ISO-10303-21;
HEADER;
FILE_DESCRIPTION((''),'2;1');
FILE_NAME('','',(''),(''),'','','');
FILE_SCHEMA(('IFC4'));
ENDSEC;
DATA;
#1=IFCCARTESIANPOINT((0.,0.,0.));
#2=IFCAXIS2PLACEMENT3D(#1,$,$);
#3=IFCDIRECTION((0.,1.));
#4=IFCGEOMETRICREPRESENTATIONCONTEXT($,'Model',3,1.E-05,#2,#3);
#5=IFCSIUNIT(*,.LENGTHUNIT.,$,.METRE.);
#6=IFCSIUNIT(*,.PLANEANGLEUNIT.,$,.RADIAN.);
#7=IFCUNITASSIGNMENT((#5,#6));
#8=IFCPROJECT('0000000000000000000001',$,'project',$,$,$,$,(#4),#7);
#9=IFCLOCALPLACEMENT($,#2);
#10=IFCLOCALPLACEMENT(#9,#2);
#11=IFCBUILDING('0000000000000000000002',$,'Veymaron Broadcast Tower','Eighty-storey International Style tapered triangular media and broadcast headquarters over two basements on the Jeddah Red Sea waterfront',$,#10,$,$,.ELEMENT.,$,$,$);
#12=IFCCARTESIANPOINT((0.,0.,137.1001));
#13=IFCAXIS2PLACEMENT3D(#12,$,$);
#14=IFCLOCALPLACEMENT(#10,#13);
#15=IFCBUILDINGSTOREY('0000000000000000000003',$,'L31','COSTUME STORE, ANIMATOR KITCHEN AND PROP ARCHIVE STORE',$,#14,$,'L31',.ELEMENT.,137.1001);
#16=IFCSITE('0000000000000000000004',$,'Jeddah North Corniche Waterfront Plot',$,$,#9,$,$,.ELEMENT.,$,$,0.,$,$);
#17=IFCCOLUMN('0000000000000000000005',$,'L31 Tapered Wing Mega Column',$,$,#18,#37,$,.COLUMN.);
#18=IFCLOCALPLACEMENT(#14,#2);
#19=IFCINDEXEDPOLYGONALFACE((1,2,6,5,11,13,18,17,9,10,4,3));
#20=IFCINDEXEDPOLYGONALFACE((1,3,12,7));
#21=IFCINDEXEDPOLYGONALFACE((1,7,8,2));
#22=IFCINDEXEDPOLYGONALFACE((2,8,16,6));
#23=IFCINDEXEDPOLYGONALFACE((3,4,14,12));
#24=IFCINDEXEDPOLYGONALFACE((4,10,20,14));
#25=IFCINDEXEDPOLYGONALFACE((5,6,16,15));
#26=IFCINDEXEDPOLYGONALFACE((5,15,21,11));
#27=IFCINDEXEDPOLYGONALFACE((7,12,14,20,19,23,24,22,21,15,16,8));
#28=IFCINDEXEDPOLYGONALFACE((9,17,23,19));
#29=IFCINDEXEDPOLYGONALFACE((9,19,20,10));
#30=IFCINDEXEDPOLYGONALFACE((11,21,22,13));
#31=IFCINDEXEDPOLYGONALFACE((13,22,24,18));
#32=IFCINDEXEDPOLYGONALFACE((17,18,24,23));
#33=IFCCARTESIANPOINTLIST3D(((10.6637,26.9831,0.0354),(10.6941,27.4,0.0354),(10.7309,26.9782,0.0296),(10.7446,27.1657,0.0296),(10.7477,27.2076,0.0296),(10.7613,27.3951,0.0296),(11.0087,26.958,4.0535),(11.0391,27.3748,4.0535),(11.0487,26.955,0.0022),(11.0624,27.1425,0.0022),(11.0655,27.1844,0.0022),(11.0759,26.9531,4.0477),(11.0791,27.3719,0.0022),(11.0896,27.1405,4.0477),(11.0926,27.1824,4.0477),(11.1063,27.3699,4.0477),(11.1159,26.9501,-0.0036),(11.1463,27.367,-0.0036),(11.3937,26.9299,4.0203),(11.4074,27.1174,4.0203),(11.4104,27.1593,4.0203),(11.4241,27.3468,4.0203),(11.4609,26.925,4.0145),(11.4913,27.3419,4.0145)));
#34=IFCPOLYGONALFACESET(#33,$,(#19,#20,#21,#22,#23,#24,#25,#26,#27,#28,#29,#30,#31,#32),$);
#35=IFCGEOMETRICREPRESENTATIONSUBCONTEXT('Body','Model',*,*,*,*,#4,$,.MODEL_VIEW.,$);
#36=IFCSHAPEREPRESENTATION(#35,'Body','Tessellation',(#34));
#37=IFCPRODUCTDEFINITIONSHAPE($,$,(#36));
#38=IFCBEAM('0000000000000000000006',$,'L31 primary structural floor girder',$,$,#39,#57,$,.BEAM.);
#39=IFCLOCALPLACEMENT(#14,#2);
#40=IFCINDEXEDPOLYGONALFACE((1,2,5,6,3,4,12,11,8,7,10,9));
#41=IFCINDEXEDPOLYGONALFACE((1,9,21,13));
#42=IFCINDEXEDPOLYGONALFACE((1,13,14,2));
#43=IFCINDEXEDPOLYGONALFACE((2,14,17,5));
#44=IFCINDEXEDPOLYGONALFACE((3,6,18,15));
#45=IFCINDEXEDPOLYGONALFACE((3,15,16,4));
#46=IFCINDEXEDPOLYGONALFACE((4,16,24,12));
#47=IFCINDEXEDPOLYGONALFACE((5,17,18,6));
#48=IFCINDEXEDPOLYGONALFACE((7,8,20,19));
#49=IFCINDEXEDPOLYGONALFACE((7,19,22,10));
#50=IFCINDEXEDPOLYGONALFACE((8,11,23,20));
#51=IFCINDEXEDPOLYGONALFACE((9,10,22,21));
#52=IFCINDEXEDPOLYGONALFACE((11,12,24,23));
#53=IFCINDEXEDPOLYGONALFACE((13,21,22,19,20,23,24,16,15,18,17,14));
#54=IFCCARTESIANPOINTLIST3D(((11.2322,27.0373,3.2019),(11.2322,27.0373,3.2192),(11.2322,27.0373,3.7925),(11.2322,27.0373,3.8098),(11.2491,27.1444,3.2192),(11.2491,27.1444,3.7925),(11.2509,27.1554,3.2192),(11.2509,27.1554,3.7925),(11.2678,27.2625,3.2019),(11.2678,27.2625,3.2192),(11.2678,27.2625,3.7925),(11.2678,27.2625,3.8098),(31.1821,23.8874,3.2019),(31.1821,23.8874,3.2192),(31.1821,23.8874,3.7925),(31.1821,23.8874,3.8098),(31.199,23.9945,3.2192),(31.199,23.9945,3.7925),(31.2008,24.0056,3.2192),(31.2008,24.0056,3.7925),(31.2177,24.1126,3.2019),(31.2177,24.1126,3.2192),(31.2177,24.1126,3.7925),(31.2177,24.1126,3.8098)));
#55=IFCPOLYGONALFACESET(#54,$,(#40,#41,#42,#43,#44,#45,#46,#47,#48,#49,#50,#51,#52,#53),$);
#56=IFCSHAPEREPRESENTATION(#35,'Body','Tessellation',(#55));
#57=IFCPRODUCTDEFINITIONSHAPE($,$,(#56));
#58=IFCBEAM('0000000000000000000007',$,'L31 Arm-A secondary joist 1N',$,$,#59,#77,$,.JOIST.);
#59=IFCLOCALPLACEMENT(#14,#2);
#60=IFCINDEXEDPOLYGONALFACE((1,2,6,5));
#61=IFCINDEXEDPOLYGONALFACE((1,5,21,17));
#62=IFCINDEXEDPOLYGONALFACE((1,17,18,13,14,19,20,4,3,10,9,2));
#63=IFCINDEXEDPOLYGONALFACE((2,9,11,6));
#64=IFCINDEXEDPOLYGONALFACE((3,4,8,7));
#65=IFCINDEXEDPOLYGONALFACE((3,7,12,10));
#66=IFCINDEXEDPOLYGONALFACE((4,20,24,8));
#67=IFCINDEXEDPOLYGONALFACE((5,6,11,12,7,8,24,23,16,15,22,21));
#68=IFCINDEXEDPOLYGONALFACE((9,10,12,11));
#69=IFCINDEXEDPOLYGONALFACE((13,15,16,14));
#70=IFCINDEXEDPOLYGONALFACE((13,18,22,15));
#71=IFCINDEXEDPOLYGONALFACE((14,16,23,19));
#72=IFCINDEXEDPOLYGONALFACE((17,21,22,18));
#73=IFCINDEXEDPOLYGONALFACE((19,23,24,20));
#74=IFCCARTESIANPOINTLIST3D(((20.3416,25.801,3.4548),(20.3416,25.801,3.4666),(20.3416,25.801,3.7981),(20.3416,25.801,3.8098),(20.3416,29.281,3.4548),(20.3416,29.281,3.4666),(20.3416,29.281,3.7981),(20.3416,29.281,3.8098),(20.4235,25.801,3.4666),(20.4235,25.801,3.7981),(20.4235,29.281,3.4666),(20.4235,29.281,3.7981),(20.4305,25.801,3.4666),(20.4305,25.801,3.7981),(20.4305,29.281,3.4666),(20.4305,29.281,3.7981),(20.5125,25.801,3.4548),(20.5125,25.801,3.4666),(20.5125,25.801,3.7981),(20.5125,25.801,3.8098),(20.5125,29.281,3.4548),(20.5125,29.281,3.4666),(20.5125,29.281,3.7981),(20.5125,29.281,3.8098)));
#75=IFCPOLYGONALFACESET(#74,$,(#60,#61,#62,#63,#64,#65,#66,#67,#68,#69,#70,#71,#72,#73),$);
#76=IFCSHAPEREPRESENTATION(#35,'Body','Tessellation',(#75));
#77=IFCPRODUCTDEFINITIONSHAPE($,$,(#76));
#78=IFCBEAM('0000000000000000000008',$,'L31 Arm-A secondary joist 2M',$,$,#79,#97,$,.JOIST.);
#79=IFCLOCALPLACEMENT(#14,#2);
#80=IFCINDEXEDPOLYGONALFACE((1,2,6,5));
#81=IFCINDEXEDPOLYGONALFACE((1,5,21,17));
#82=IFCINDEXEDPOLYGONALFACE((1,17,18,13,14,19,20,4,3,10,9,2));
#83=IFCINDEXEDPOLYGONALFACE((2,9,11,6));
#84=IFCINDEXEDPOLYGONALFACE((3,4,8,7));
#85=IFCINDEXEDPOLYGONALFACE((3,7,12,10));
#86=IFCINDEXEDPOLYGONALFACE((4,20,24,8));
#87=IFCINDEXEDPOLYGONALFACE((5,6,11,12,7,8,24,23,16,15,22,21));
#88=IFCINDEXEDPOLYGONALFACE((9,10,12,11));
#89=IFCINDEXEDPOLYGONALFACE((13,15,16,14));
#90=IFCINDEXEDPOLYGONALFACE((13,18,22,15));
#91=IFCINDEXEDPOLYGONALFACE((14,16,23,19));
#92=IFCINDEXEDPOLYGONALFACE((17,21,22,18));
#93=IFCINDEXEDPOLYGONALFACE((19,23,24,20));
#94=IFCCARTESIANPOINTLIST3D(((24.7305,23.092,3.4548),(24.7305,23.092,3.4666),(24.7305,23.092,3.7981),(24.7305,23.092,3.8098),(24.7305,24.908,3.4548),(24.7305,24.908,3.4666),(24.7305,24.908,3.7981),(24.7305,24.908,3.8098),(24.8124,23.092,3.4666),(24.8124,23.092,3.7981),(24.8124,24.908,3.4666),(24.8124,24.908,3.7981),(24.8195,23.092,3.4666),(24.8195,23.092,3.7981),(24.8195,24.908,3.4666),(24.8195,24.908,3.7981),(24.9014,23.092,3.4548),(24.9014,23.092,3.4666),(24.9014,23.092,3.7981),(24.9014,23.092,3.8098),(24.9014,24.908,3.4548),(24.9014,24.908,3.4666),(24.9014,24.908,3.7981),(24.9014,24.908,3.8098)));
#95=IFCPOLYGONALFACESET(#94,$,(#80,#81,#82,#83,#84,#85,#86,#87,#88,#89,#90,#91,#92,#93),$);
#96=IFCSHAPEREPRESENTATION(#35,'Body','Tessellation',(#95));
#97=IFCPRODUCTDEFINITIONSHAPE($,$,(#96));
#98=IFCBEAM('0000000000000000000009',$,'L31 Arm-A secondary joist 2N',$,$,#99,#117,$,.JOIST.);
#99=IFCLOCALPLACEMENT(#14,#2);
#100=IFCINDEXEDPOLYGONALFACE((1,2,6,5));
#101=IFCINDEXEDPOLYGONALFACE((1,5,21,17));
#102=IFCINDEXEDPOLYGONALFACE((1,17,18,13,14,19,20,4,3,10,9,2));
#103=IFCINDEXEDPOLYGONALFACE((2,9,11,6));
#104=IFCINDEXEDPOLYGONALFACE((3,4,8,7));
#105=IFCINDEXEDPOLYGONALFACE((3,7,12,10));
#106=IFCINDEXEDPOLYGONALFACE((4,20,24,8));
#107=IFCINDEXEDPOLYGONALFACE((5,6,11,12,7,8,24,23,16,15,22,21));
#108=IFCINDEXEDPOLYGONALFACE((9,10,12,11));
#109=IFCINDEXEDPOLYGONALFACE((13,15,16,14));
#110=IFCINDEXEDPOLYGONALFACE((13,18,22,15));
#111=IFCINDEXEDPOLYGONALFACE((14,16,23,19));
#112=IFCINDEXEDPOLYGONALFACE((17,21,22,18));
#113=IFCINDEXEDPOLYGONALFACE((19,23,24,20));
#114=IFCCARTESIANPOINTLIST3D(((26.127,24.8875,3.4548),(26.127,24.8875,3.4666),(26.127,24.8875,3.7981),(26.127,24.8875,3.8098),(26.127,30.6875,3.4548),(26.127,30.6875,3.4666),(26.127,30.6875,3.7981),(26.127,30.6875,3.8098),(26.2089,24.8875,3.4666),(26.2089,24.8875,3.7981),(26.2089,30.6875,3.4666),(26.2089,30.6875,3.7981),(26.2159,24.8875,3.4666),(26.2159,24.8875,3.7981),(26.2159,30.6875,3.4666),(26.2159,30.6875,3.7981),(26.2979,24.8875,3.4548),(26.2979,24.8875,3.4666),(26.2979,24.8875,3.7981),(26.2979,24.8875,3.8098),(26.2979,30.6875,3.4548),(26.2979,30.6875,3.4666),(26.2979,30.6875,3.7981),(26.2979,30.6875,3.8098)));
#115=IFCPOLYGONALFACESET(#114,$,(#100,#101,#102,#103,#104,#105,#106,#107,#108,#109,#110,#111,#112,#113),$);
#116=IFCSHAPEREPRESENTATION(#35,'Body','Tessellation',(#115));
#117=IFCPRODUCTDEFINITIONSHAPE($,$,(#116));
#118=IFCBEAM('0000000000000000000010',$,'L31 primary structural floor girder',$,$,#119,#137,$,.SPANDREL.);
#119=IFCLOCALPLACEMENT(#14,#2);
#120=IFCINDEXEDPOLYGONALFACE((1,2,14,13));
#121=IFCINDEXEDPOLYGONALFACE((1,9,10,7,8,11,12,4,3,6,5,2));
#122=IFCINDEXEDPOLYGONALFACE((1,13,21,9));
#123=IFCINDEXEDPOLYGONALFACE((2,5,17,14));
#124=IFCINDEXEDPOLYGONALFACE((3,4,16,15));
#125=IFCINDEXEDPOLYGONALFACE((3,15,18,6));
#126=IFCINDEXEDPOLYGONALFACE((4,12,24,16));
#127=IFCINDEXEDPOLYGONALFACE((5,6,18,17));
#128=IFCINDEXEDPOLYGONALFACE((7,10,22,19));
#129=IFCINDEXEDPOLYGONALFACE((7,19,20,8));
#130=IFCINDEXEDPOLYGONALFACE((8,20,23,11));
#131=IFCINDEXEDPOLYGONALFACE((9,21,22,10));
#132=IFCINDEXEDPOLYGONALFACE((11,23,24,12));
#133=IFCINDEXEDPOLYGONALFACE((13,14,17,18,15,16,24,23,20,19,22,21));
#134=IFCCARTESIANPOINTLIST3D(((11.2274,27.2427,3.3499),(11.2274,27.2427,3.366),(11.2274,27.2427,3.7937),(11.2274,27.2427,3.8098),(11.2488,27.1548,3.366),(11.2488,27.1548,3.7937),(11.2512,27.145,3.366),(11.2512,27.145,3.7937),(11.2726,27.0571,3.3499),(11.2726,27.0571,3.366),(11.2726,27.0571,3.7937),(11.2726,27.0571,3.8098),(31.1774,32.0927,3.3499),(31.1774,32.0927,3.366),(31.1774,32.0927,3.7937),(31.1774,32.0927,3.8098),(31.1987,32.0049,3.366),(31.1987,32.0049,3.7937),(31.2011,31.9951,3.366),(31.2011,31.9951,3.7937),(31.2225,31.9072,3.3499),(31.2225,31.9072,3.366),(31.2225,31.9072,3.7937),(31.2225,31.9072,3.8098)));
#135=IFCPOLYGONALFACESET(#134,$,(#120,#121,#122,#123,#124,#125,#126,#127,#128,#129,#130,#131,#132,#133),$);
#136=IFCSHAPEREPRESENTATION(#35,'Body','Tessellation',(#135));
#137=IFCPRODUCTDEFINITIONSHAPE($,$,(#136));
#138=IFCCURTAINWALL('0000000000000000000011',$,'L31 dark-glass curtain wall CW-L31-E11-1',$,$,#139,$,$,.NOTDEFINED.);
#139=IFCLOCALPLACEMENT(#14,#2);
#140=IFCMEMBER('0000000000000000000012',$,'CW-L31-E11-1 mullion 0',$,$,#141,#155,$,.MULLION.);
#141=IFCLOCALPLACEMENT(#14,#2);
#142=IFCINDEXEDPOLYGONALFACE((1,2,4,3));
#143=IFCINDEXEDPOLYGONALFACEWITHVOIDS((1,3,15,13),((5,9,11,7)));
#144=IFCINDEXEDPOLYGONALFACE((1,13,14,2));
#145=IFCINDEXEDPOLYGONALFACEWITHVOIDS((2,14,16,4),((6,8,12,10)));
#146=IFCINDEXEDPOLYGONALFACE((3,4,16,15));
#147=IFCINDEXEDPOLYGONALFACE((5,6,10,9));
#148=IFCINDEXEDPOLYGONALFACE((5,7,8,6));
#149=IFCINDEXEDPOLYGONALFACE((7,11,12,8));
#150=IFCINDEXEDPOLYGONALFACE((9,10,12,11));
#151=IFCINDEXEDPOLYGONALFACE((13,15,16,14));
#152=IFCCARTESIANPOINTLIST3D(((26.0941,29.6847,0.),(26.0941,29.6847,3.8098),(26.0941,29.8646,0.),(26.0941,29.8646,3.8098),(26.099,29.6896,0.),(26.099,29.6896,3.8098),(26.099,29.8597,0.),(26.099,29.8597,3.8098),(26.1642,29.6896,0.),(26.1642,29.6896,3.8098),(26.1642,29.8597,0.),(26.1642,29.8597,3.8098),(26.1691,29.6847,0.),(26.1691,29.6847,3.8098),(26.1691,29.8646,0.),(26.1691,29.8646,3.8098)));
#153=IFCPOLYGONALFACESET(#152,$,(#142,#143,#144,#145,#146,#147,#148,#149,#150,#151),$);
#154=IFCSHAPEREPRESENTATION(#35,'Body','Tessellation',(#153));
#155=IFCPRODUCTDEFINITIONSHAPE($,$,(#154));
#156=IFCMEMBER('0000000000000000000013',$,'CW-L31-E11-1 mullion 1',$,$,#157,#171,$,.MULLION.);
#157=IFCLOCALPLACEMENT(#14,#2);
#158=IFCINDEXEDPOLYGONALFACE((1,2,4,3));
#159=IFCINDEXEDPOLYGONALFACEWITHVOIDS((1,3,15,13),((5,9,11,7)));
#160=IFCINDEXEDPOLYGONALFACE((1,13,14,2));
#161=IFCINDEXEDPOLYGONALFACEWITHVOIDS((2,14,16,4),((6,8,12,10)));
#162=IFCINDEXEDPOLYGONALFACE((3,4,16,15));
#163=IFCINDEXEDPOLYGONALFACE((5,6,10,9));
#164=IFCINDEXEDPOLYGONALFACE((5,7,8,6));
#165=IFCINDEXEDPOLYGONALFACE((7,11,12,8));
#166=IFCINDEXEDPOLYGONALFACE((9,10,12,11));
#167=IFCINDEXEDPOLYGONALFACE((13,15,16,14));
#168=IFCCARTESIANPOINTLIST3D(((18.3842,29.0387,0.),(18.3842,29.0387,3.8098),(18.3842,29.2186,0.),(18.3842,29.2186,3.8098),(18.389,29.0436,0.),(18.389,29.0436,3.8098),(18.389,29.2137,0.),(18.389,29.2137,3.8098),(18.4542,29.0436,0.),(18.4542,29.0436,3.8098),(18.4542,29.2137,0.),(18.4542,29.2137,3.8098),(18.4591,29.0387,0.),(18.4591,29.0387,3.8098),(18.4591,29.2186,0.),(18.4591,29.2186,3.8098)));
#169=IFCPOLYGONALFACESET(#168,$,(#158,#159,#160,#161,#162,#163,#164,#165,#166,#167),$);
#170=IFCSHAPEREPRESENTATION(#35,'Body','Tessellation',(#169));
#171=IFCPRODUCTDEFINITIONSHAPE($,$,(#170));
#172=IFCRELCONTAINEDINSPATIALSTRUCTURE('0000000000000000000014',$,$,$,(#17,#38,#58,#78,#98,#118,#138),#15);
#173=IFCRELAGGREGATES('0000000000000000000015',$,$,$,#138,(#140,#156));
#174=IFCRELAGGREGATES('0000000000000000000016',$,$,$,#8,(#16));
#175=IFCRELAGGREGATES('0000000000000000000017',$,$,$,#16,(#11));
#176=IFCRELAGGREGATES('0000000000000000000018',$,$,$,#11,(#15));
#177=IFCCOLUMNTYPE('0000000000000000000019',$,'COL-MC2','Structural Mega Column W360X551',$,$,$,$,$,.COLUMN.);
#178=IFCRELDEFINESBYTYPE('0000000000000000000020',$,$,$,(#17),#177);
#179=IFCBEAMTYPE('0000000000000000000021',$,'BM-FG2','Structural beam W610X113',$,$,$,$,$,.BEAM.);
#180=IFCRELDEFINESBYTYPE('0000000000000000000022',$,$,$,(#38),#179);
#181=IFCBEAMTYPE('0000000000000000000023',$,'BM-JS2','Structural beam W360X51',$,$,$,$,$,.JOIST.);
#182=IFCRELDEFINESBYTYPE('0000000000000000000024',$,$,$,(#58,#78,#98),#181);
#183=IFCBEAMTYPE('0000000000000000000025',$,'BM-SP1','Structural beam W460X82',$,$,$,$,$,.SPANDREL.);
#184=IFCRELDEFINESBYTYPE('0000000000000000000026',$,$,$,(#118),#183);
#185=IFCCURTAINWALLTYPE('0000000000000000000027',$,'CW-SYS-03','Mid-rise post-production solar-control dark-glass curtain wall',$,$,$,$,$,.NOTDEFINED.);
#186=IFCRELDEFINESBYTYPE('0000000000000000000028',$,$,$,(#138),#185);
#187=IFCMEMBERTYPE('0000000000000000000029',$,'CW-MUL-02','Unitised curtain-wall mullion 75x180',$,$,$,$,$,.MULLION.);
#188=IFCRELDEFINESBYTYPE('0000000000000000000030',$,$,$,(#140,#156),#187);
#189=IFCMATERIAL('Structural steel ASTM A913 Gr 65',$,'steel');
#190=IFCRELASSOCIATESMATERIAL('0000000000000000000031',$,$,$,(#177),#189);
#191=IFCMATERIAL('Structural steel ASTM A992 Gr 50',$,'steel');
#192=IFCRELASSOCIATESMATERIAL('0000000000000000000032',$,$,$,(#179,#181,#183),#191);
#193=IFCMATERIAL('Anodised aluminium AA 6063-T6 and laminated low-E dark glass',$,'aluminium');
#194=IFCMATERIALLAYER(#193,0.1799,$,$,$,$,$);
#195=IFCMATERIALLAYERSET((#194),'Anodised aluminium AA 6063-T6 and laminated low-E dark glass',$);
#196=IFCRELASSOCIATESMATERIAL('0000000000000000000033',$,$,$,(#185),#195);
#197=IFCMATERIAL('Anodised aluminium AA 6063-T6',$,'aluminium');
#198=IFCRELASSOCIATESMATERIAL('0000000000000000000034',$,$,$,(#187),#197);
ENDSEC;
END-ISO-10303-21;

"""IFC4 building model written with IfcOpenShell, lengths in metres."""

from ifc_helpers import new_model, si_unit, direction, frame, origin, origin_2d, place, context, subcontext, project, spatial, hollow_rectangle, i_section, extrude, material, layer, layer_set, material_profile, profile_set, type_object, element, aggregate, save


model = new_model("IFC4")

# Units and contexts
model_context = context("Model", 3, precision=1e-05, world=origin(), true_north=direction((0.0, 1.0)))
body_context = subcontext(model_context, "Body", "Model", "MODEL_VIEW")
ifc_project = project(units=[si_unit("LENGTHUNIT", "METRE"), si_unit("PLANEANGLEUNIT", "RADIAN")], contexts=[model_context])

# Site, building, storey
site_placement = place(None, origin())
site = spatial("IfcSite", under=ifc_project, at=site_placement, Name="Jeddah North Corniche Waterfront Plot", CompositionType="ELEMENT", RefElevation=0.0)
building_placement = place(site_placement, origin())
building = spatial("IfcBuilding", under=site, at=building_placement, Name="Veymaron Broadcast Tower", Description="Eighty-storey International Style tapered triangular media and broadcast headquarters over two basements on the Jeddah Red Sea waterfront", CompositionType="ELEMENT")
storey_placement = place(building_placement, frame((0.0, 0.0, 137.1001)))
storey = spatial("IfcBuildingStorey", under=building, at=storey_placement, Name="L31", Description="COSTUME STORE, ANIMATOR KITCHEN AND PROP ARCHIVE STORE", LongName="L31", CompositionType="ELEMENT", Elevation=137.1001)

# Column
ifc_material_1 = material(Name="Structural steel ASTM A913 Gr 65", Category="steel")
ifc_material_profile_1 = material_profile(ifc_material_1, i_section(OverallWidth=0.418, OverallDepth=0.4551, WebThickness=0.042, FlangeThickness=0.0676, at=origin_2d()), Name="W360X551")
ifc_profile_set_1 = profile_set([ifc_material_profile_1], Name="Structural steel ASTM A913 Gr 65")
column_type = type_object("IfcColumnType", Name="COL-MC2", Description="Structural Mega Column W360X551", PredefinedType="COLUMN", material=ifc_profile_set_1)
column_placement = place(storey_placement, frame((10.905, 27.175, 0.0159), z_axis=(0.085539, -0.006235, 0.996315), x_axis=(0.072702, 0.997354, 0.0)))
element("IfcColumn", 1, at=column_placement, inside=storey, type_object=column_type, Name="L31 Tapered Wing Mega Column", PredefinedType="COLUMN", context=body_context, shape_type="SweptSolid", body=[
    extrude(i_section(OverallWidth=0.418, OverallDepth=0.4551, WebThickness=0.042, FlangeThickness=0.0676, at=origin_2d()), origin(), (0.0, 0.0, 1.0), 4.033),
])

# Beams
ifc_material_2 = material(Name="Structural steel ASTM A992 Gr 50", Category="steel")
ifc_material_profile_2 = material_profile(ifc_material_2, i_section(OverallWidth=0.228, OverallDepth=0.6079, WebThickness=0.0112, FlangeThickness=0.0173, at=origin_2d()), Name="W610X113")
ifc_profile_set_2 = profile_set([ifc_material_profile_2], Name="Structural steel ASTM A992 Gr 50")
beam_type_1 = type_object("IfcBeamType", Name="BM-FG2", Description="Structural beam W610X113", PredefinedType="BEAM", material=ifc_profile_set_2)
beam_1_placement = place(storey_placement, frame((11.25, 27.1499, 3.5059), z_axis=(0.987764, -0.155958, 0.0), x_axis=(0.155958, 0.987764, 0.0)))
element("IfcBeam", 2, at=beam_1_placement, inside=storey, type_object=beam_type_1, Name="L31 primary structural floor girder", PredefinedType="BEAM", context=body_context, shape_type="SweptSolid", body=[
    extrude(i_section(OverallWidth=0.228, OverallDepth=0.6079, WebThickness=0.0112, FlangeThickness=0.0173, at=origin_2d()), origin(), (0.0, 0.0, 1.0), 20.197),
])
ifc_material_profile_3 = material_profile(ifc_material_2, i_section(OverallWidth=0.1709, OverallDepth=0.355, WebThickness=0.0071, FlangeThickness=0.0117, at=origin_2d()), Name="W360X51")
ifc_profile_set_3 = profile_set([ifc_material_profile_3], Name="Structural steel ASTM A992 Gr 50")
beam_type_2 = type_object("IfcBeamType", Name="BM-JS2", Description="Structural beam W360X51", PredefinedType="JOIST", material=ifc_profile_set_3)
beam_2_placement = place(storey_placement, frame((20.427, 25.801, 3.6323), z_axis=(0.0, 1.0, 0.0), x_axis=(-1.0, 0.0, 0.0)))
element("IfcBeam", 3, at=beam_2_placement, inside=storey, type_object=beam_type_2, Name="L31 Arm-A secondary joist 1N", PredefinedType="JOIST", context=body_context, shape_type="SweptSolid", body=[
    extrude(i_section(OverallWidth=0.1709, OverallDepth=0.355, WebThickness=0.0071, FlangeThickness=0.0117, at=origin_2d()), origin(), (0.0, 0.0, 1.0), 3.48),
])
beam_3_placement = place(storey_placement, frame((24.8159, 23.092, 3.6323), z_axis=(0.0, 1.0, 0.0), x_axis=(-1.0, 0.0, 0.0)))
element("IfcBeam", 4, at=beam_3_placement, inside=storey, type_object=beam_type_2, Name="L31 Arm-A secondary joist 2M", PredefinedType="JOIST", context=body_context, shape_type="SweptSolid", body=[
    extrude(i_section(OverallWidth=0.1709, OverallDepth=0.355, WebThickness=0.0071, FlangeThickness=0.0117, at=origin_2d()), origin(), (0.0, 0.0, 1.0), 1.8159),
])
beam_4_placement = place(storey_placement, frame((26.2124, 24.8875, 3.6323), z_axis=(0.0, 1.0, 0.0), x_axis=(-1.0, 0.0, 0.0)))
element("IfcBeam", 5, at=beam_4_placement, inside=storey, type_object=beam_type_2, Name="L31 Arm-A secondary joist 2N", PredefinedType="JOIST", context=body_context, shape_type="SweptSolid", body=[
    extrude(i_section(OverallWidth=0.1709, OverallDepth=0.355, WebThickness=0.0071, FlangeThickness=0.0117, at=origin_2d()), origin(), (0.0, 0.0, 1.0), 5.8),
])
ifc_material_profile_4 = material_profile(ifc_material_2, i_section(OverallWidth=0.1909, OverallDepth=0.46, WebThickness=0.01, FlangeThickness=0.0161, at=origin_2d()), Name="W460X82")
ifc_profile_set_4 = profile_set([ifc_material_profile_4], Name="Structural steel ASTM A992 Gr 50")
beam_type_3 = type_object("IfcBeamType", Name="BM-SP1", Description="Structural beam W460X82", PredefinedType="SPANDREL", material=ifc_profile_set_4)
beam_5_placement = place(storey_placement, frame((11.25, 27.1499, 3.5798), z_axis=(0.971697, 0.236232, 0.0), x_axis=(-0.236232, 0.971697, 0.0)))
element("IfcBeam", 6, at=beam_5_placement, inside=storey, type_object=beam_type_3, Name="L31 primary structural floor girder", PredefinedType="SPANDREL", context=body_context, shape_type="SweptSolid", body=[
    extrude(i_section(OverallWidth=0.1909, OverallDepth=0.46, WebThickness=0.01, FlangeThickness=0.0161, at=origin_2d()), origin(), (0.0, 0.0, 1.0), 20.531),
])

# Curtain wall, members
ifc_material_3 = material(Name="Anodised aluminium AA 6063-T6 and laminated low-E dark glass", Category="aluminium")
ifc_layer_1 = layer(ifc_material_3, 0.1799)
ifc_layer_set_1 = layer_set([ifc_layer_1], Name="Anodised aluminium AA 6063-T6 and laminated low-E dark glass")
curtain_wall_type = type_object("IfcCurtainWallType", Name="CW-SYS-03", Description="Mid-rise post-production solar-control dark-glass curtain wall", PredefinedType="NOTDEFINED", material=ifc_layer_set_1)
curtain_wall_placement = place(storey_placement, origin())
curtain_wall = element("IfcCurtainWall", 7, at=curtain_wall_placement, inside=storey, type_object=curtain_wall_type, Name="L31 dark-glass curtain wall CW-L31-E11-1", PredefinedType="NOTDEFINED")
ifc_material_4 = material(Name="Anodised aluminium AA 6063-T6", Category="aluminium")
ifc_material_profile_5 = material_profile(ifc_material_4, hollow_rectangle(XDim=0.075, YDim=0.1799, WallThickness=0.0049, at=origin_2d()), Name="AL180X75X5")
ifc_profile_set_5 = profile_set([ifc_material_profile_5], Name="Anodised aluminium AA 6063-T6")
member_type_1 = type_object("IfcMemberType", Name="CW-MUL-02", Description="Unitised curtain-wall mullion 75x180", PredefinedType="MULLION", material=ifc_profile_set_5)
member_1_placement = place(storey_placement, frame((26.1316, 29.7747, 0.0), z_axis=(0.0, 0.0, 1.0), x_axis=(1.0, 0.0, 0.0)))
member_1 = element("IfcMember", 8, at=member_1_placement, type_object=member_type_1, Name="CW-L31-E11-1 mullion 0", PredefinedType="MULLION", context=body_context, shape_type="SweptSolid", body=[
    extrude(hollow_rectangle(XDim=0.075, YDim=0.1799, WallThickness=0.0049, at=origin_2d()), origin(), (0.0, 0.0, 1.0), 3.8098),
])
member_2_placement = place(storey_placement, frame((18.4216, 29.1287, 0.0), z_axis=(0.0, 0.0, 1.0), x_axis=(1.0, 0.0, 0.0)))
member_2 = element("IfcMember", 9, at=member_2_placement, type_object=member_type_1, Name="CW-L31-E11-1 mullion 1", PredefinedType="MULLION", context=body_context, shape_type="SweptSolid", body=[
    extrude(hollow_rectangle(XDim=0.075, YDim=0.1799, WallThickness=0.0049, at=origin_2d()), origin(), (0.0, 0.0, 1.0), 3.8098),
])
aggregate(curtain_wall, [member_1, member_2])

save(model, "model.ifc")
